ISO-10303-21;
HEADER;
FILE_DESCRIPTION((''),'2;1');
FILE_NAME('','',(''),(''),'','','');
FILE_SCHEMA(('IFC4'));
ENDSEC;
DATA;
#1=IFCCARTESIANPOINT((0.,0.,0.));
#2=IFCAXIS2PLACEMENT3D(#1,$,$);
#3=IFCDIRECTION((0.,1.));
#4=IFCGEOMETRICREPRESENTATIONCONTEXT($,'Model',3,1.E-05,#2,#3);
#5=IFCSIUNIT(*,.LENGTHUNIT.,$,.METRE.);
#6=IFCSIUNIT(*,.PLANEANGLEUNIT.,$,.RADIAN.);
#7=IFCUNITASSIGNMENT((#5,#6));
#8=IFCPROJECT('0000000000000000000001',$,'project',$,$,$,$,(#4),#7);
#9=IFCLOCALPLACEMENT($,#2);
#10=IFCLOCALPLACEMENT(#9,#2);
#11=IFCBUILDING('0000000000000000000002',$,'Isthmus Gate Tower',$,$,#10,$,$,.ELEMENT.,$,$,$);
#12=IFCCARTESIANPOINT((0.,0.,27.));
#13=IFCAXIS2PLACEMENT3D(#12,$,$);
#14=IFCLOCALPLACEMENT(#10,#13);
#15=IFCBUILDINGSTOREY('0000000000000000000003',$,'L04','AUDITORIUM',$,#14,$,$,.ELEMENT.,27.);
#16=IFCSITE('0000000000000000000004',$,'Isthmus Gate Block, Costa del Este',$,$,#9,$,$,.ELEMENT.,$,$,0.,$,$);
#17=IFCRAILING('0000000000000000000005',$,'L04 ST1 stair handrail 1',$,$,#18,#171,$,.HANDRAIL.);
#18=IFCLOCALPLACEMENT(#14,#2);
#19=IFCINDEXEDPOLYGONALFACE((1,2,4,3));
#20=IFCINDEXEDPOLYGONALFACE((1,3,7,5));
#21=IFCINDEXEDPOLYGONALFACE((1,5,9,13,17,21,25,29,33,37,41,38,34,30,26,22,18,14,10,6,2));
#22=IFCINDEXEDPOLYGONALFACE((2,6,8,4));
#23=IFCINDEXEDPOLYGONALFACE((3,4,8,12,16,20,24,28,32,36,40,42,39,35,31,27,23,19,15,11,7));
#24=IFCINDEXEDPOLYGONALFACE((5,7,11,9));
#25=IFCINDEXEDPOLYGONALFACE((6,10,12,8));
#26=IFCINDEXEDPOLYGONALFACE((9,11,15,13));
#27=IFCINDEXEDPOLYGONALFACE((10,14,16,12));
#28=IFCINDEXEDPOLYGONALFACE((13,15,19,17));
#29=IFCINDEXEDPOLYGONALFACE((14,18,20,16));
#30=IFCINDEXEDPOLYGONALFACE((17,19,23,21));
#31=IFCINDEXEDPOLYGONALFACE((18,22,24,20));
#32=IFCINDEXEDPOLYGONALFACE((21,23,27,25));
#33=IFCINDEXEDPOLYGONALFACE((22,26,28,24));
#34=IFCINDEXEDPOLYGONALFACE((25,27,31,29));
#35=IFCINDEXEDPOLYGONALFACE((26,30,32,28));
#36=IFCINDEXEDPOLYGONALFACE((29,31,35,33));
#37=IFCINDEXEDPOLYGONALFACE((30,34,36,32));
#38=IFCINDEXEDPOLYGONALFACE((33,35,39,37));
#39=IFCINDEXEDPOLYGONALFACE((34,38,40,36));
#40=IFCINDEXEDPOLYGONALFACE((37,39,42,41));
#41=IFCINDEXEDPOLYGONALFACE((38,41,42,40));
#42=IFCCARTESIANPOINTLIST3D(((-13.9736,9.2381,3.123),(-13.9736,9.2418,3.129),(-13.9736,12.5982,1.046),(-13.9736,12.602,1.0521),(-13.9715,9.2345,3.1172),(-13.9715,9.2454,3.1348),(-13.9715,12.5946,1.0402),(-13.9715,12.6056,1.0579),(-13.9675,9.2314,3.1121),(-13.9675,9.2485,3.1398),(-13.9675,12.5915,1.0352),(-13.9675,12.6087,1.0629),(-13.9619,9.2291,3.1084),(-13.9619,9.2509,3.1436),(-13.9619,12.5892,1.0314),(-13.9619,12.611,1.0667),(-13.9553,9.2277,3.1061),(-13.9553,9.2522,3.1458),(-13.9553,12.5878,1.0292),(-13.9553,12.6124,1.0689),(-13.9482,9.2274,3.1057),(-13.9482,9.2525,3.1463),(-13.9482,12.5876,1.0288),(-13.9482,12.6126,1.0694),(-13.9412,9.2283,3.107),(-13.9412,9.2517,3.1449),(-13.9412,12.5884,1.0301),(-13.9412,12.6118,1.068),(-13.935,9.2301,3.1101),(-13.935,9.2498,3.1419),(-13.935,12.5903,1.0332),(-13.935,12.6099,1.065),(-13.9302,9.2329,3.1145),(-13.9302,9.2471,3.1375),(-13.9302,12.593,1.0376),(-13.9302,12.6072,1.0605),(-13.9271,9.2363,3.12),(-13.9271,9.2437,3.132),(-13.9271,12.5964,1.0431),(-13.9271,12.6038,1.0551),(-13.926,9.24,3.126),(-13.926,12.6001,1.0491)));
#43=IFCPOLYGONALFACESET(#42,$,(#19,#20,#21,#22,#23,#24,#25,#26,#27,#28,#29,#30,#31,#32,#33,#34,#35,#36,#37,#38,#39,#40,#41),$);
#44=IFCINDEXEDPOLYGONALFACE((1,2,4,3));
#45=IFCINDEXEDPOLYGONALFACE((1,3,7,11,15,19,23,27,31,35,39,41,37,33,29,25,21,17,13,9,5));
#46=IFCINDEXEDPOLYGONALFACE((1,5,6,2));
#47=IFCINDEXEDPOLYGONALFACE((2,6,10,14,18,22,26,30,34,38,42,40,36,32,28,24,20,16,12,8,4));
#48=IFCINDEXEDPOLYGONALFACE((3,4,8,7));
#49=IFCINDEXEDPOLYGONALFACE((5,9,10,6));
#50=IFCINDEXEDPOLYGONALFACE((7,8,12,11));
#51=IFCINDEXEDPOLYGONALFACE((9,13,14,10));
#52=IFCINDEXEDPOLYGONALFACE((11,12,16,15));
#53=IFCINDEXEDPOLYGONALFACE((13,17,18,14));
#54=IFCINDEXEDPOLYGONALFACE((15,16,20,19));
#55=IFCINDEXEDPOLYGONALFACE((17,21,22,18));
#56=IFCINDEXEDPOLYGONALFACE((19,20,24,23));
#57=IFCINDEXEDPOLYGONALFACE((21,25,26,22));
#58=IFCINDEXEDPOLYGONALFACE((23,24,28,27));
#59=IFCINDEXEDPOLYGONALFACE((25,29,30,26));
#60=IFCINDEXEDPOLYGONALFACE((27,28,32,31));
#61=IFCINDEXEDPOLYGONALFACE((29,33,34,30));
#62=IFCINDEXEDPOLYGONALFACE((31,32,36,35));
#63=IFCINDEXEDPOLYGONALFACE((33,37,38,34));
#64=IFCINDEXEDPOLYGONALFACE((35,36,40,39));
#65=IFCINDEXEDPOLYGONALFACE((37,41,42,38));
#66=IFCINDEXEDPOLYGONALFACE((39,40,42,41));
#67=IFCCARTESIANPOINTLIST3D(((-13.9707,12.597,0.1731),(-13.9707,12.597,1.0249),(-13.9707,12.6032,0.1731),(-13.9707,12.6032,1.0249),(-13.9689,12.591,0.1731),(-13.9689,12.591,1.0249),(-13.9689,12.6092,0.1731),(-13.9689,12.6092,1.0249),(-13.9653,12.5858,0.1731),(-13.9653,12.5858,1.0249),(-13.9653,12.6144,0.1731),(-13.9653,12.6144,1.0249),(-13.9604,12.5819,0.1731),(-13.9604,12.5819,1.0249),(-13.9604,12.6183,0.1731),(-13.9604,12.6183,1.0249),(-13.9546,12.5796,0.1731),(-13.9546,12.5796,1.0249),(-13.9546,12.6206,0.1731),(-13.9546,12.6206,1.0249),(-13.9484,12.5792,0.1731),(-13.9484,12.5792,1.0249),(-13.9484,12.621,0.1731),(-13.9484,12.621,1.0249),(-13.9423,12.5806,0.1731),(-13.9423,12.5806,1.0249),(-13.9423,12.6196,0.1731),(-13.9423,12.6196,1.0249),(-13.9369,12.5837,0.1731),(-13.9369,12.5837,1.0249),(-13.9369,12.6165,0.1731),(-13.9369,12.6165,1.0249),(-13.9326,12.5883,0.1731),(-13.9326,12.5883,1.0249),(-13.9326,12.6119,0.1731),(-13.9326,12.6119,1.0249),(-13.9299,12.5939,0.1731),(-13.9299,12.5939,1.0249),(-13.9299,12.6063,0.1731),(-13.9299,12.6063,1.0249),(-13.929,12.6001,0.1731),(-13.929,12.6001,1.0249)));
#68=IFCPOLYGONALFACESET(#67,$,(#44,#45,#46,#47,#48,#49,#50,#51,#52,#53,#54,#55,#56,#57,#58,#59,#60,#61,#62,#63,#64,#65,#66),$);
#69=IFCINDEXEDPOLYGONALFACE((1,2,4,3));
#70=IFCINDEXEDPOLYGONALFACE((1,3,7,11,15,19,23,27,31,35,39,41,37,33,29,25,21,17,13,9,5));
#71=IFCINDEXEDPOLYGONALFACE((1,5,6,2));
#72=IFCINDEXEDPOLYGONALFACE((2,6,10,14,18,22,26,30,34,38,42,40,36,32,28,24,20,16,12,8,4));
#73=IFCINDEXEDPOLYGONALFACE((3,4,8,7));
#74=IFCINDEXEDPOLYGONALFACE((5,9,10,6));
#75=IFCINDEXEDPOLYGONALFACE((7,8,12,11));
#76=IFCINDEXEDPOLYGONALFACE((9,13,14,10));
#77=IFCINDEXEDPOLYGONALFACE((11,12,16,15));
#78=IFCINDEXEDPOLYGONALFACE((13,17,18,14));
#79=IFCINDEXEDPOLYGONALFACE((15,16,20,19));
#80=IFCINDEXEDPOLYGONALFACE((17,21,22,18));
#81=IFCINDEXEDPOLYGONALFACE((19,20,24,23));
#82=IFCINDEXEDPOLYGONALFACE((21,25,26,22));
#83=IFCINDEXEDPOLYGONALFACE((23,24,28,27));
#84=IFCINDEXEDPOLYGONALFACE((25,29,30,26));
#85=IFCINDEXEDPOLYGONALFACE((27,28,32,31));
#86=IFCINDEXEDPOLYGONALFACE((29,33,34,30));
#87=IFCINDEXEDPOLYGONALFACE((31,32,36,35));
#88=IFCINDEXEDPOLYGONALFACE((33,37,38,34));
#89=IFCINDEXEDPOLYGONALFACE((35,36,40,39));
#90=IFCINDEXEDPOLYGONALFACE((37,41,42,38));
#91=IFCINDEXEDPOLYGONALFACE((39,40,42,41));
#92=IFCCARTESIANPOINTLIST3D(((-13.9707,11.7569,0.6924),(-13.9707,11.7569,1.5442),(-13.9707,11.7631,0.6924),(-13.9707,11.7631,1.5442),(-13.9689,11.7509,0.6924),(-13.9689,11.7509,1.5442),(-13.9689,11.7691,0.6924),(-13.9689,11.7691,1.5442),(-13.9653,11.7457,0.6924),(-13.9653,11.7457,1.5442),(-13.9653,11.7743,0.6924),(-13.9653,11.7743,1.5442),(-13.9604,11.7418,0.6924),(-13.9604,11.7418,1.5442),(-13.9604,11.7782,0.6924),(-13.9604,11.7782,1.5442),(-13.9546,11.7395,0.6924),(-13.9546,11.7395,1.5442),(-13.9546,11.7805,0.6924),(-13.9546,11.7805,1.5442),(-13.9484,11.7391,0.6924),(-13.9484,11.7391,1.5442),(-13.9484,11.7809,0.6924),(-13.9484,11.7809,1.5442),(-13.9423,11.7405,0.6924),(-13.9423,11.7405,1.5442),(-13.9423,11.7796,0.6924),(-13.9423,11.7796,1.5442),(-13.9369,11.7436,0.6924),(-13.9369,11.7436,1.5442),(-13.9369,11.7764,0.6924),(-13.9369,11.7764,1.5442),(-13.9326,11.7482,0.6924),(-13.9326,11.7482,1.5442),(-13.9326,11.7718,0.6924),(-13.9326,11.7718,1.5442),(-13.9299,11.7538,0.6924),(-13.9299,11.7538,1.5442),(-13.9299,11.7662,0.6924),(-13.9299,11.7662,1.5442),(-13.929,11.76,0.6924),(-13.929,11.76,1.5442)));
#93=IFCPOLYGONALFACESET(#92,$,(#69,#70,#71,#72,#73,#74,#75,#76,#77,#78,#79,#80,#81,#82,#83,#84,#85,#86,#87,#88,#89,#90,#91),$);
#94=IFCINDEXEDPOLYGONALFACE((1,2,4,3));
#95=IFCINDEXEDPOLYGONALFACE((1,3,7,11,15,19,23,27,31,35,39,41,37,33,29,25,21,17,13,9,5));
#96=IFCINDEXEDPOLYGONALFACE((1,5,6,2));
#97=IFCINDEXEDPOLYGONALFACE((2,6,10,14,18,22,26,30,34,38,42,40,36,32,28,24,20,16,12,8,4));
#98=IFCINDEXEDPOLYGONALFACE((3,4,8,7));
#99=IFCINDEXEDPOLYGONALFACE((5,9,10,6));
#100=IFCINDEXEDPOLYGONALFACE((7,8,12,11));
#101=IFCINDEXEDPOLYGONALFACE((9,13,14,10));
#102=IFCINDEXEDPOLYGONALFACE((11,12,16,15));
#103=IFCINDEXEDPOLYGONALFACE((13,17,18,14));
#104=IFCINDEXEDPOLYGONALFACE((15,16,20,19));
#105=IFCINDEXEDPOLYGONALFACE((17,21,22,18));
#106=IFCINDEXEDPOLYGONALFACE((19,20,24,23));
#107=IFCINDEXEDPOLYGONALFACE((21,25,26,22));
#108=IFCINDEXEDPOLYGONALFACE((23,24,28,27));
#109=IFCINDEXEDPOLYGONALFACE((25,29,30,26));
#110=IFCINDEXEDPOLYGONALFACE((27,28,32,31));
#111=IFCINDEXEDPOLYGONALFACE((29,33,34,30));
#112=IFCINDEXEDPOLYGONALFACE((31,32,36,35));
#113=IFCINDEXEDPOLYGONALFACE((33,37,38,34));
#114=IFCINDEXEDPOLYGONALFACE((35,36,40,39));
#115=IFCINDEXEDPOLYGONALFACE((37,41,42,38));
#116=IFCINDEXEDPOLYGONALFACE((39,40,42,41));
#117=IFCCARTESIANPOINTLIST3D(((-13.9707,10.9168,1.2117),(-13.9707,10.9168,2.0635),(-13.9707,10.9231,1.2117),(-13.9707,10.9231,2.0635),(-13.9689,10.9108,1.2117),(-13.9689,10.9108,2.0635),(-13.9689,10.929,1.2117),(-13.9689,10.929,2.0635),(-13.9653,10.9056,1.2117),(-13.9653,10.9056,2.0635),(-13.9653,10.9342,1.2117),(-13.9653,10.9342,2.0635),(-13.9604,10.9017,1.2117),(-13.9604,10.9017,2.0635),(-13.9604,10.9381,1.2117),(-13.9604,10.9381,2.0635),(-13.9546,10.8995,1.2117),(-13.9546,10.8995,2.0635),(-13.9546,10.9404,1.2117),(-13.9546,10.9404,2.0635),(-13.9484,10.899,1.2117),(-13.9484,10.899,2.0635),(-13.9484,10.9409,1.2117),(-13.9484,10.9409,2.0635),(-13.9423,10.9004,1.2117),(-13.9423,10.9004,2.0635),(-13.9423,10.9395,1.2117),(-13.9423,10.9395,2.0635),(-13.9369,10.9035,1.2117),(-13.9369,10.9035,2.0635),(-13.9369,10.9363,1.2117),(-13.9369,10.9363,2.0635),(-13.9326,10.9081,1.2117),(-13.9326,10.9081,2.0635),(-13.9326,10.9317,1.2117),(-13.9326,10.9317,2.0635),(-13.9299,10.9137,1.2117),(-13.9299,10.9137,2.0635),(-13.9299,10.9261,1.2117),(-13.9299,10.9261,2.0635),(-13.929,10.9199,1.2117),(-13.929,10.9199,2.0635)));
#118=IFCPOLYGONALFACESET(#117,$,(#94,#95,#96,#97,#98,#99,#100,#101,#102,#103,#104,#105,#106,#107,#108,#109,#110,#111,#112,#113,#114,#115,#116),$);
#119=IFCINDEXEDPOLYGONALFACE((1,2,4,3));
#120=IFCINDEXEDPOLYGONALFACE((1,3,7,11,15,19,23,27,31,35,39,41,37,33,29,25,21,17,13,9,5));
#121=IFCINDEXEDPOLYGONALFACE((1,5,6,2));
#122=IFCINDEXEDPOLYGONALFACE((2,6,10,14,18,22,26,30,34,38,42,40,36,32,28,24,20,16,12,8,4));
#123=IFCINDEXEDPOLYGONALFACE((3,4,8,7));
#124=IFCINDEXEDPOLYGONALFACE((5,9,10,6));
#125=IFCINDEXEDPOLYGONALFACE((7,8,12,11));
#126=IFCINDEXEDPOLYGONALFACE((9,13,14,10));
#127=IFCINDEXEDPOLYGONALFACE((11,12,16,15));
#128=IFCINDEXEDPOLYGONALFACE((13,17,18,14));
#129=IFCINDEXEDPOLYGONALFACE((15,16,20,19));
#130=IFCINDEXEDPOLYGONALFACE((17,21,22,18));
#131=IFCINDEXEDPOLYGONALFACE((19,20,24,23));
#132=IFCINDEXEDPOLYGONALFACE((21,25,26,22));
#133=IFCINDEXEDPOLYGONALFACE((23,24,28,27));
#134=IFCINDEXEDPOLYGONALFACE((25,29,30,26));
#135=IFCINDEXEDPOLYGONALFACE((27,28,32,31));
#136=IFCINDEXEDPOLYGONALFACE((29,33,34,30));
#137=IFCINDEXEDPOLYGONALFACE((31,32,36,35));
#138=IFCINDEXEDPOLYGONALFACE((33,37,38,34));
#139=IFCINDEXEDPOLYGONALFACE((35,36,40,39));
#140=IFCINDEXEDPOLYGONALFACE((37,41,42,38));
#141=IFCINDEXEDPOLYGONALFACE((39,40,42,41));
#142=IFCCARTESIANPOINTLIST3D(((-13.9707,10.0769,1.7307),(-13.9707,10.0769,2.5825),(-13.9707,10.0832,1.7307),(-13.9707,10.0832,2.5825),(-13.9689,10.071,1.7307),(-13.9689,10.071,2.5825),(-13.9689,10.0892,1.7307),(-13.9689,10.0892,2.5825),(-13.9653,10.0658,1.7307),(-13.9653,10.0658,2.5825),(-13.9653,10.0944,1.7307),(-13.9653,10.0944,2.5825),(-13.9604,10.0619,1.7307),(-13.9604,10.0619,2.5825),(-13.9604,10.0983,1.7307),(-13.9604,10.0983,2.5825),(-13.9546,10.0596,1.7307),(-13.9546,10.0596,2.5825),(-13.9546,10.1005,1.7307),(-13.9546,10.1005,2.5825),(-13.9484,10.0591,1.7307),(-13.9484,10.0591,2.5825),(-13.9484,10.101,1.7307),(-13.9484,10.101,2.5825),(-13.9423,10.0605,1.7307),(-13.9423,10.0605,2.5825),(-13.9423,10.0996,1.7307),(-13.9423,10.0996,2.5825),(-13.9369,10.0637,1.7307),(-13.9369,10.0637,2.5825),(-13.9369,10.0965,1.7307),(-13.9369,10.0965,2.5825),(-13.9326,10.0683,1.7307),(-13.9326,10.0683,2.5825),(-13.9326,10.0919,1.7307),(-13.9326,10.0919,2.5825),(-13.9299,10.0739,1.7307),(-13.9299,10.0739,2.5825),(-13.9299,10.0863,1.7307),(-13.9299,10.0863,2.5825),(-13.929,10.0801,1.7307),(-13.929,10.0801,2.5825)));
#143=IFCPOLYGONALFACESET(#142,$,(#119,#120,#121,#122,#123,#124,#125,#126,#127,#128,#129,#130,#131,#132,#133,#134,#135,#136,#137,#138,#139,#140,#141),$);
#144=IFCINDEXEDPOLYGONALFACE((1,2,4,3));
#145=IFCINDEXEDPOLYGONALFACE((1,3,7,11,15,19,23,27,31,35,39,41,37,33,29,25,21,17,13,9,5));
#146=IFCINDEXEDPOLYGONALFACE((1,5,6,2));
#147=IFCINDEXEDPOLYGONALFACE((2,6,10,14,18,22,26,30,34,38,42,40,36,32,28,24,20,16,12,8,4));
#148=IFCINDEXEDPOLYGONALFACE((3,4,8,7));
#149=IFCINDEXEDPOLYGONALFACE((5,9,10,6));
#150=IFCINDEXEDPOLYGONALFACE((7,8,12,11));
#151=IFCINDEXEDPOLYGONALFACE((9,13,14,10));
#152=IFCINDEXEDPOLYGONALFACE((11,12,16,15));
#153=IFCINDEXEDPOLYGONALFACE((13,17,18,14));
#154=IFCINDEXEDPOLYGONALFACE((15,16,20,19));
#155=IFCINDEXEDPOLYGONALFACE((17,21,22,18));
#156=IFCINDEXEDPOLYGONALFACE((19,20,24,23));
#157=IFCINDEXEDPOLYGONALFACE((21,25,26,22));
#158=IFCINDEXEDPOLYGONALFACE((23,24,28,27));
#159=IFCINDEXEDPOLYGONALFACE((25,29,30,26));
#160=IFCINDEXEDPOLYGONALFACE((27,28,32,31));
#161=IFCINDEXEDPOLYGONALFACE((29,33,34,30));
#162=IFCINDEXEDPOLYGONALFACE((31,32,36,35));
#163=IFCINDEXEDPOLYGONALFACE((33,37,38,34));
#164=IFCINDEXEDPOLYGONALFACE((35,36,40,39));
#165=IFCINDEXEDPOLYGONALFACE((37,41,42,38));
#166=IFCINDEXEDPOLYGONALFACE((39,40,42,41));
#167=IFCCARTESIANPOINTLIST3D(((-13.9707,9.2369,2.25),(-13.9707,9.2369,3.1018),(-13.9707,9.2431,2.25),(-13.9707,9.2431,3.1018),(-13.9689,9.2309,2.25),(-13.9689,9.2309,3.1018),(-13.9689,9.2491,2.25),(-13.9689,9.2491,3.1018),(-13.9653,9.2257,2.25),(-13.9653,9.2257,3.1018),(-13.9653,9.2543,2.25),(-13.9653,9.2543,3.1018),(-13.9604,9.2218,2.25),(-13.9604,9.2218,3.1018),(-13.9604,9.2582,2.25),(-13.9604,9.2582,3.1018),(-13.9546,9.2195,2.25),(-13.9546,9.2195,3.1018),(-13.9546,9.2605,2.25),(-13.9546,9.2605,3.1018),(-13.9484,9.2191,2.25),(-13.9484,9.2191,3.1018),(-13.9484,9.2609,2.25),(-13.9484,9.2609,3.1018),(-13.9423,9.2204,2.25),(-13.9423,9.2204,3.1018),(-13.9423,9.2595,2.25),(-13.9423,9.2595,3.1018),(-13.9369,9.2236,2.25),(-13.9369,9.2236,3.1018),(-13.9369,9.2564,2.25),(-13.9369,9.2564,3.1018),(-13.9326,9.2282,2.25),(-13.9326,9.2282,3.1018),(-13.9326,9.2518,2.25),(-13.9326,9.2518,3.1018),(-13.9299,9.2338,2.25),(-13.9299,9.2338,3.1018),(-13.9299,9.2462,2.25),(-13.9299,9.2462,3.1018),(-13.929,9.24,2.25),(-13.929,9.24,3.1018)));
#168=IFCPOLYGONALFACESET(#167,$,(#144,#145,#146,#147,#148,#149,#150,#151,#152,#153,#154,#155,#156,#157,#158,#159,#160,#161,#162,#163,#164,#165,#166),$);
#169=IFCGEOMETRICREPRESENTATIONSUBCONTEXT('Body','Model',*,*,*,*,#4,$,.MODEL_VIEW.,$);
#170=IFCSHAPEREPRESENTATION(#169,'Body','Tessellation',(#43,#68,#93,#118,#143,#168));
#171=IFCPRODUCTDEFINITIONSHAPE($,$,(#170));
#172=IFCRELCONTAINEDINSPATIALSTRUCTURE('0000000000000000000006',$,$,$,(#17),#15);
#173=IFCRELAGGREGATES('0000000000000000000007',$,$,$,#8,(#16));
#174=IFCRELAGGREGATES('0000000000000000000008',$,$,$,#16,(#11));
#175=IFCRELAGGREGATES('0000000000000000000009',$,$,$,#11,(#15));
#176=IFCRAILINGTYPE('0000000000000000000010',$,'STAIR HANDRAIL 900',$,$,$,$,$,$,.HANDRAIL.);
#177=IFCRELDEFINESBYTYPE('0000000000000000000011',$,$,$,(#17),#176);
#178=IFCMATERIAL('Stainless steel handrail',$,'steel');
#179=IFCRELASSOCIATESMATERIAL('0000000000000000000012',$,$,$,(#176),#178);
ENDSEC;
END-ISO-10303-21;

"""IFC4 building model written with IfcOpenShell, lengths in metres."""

from ifc_helpers import new_model, si_unit, direction, frame, origin, origin_2d, place, context, subcontext, project, spatial, circle, extrude, material, type_object, element, save


model = new_model("IFC4")

# Units and contexts
model_context = context("Model", 3, precision=1e-05, world=origin(), true_north=direction((0.0, 1.0)))
body_context = subcontext(model_context, "Body", "Model", "MODEL_VIEW")
ifc_project = project(units=[si_unit("LENGTHUNIT", "METRE"), si_unit("PLANEANGLEUNIT", "RADIAN")], contexts=[model_context])

# Site, building, storey
site_placement = place(None, origin())
site = spatial("IfcSite", under=ifc_project, at=site_placement, Name="Isthmus Gate Block, Costa del Este", CompositionType="ELEMENT", RefElevation=0.0)
building_placement = place(site_placement, origin())
building = spatial("IfcBuilding", under=site, at=building_placement, Name="Isthmus Gate Tower", CompositionType="ELEMENT")
storey_placement = place(building_placement, frame((0.0, 0.0, 27.0)))
storey = spatial("IfcBuildingStorey", under=building, at=storey_placement, Name="L04", Description="AUDITORIUM", CompositionType="ELEMENT", Elevation=27.0)

# Railing
ifc_material_1 = material(Name="Stainless steel handrail", Category="steel")
railing_type_1 = type_object("IfcRailingType", Name="STAIR HANDRAIL 900", PredefinedType="HANDRAIL", material=ifc_material_1)
for number, where, name in (
    (1, (-13.95, 12.6001, 0.1731), "L04 ST1 stair handrail 1"),
):
    element("IfcRailing", number, at=place(storey_placement, frame(where)), inside=storey, type_object=railing_type_1, Name=name, PredefinedType="HANDRAIL", context=body_context, shape_type="SweptSolid", body=[
        extrude(circle(Radius=0.0239, at=origin_2d()), frame((0.0, 0.0, 0.876), z_axis=(0.0, -0.850623, 0.525776), x_axis=(1.0, 0.0, 0.0)), (0.0, 0.0, 1.0), 3.9502),
        extrude(circle(Radius=0.021, at=origin_2d()), origin(), (0.0, 0.0, 1.0), 0.8518),
        extrude(circle(Radius=0.021, at=origin_2d()), frame((0.0, -0.8401, 0.5193)), (0.0, 0.0, 1.0), 0.8518),
        extrude(circle(Radius=0.021, at=origin_2d()), frame((0.0, -1.6802, 1.0386)), (0.0, 0.0, 1.0), 0.8518),
        extrude(circle(Radius=0.021, at=origin_2d()), frame((0.0, -2.52, 1.5576)), (0.0, 0.0, 1.0), 0.8518),
        extrude(circle(Radius=0.021, at=origin_2d()), frame((0.0, -3.3601, 2.0769)), (0.0, 0.0, 1.0), 0.8518),
    ])

save(model, "model.ifc")
